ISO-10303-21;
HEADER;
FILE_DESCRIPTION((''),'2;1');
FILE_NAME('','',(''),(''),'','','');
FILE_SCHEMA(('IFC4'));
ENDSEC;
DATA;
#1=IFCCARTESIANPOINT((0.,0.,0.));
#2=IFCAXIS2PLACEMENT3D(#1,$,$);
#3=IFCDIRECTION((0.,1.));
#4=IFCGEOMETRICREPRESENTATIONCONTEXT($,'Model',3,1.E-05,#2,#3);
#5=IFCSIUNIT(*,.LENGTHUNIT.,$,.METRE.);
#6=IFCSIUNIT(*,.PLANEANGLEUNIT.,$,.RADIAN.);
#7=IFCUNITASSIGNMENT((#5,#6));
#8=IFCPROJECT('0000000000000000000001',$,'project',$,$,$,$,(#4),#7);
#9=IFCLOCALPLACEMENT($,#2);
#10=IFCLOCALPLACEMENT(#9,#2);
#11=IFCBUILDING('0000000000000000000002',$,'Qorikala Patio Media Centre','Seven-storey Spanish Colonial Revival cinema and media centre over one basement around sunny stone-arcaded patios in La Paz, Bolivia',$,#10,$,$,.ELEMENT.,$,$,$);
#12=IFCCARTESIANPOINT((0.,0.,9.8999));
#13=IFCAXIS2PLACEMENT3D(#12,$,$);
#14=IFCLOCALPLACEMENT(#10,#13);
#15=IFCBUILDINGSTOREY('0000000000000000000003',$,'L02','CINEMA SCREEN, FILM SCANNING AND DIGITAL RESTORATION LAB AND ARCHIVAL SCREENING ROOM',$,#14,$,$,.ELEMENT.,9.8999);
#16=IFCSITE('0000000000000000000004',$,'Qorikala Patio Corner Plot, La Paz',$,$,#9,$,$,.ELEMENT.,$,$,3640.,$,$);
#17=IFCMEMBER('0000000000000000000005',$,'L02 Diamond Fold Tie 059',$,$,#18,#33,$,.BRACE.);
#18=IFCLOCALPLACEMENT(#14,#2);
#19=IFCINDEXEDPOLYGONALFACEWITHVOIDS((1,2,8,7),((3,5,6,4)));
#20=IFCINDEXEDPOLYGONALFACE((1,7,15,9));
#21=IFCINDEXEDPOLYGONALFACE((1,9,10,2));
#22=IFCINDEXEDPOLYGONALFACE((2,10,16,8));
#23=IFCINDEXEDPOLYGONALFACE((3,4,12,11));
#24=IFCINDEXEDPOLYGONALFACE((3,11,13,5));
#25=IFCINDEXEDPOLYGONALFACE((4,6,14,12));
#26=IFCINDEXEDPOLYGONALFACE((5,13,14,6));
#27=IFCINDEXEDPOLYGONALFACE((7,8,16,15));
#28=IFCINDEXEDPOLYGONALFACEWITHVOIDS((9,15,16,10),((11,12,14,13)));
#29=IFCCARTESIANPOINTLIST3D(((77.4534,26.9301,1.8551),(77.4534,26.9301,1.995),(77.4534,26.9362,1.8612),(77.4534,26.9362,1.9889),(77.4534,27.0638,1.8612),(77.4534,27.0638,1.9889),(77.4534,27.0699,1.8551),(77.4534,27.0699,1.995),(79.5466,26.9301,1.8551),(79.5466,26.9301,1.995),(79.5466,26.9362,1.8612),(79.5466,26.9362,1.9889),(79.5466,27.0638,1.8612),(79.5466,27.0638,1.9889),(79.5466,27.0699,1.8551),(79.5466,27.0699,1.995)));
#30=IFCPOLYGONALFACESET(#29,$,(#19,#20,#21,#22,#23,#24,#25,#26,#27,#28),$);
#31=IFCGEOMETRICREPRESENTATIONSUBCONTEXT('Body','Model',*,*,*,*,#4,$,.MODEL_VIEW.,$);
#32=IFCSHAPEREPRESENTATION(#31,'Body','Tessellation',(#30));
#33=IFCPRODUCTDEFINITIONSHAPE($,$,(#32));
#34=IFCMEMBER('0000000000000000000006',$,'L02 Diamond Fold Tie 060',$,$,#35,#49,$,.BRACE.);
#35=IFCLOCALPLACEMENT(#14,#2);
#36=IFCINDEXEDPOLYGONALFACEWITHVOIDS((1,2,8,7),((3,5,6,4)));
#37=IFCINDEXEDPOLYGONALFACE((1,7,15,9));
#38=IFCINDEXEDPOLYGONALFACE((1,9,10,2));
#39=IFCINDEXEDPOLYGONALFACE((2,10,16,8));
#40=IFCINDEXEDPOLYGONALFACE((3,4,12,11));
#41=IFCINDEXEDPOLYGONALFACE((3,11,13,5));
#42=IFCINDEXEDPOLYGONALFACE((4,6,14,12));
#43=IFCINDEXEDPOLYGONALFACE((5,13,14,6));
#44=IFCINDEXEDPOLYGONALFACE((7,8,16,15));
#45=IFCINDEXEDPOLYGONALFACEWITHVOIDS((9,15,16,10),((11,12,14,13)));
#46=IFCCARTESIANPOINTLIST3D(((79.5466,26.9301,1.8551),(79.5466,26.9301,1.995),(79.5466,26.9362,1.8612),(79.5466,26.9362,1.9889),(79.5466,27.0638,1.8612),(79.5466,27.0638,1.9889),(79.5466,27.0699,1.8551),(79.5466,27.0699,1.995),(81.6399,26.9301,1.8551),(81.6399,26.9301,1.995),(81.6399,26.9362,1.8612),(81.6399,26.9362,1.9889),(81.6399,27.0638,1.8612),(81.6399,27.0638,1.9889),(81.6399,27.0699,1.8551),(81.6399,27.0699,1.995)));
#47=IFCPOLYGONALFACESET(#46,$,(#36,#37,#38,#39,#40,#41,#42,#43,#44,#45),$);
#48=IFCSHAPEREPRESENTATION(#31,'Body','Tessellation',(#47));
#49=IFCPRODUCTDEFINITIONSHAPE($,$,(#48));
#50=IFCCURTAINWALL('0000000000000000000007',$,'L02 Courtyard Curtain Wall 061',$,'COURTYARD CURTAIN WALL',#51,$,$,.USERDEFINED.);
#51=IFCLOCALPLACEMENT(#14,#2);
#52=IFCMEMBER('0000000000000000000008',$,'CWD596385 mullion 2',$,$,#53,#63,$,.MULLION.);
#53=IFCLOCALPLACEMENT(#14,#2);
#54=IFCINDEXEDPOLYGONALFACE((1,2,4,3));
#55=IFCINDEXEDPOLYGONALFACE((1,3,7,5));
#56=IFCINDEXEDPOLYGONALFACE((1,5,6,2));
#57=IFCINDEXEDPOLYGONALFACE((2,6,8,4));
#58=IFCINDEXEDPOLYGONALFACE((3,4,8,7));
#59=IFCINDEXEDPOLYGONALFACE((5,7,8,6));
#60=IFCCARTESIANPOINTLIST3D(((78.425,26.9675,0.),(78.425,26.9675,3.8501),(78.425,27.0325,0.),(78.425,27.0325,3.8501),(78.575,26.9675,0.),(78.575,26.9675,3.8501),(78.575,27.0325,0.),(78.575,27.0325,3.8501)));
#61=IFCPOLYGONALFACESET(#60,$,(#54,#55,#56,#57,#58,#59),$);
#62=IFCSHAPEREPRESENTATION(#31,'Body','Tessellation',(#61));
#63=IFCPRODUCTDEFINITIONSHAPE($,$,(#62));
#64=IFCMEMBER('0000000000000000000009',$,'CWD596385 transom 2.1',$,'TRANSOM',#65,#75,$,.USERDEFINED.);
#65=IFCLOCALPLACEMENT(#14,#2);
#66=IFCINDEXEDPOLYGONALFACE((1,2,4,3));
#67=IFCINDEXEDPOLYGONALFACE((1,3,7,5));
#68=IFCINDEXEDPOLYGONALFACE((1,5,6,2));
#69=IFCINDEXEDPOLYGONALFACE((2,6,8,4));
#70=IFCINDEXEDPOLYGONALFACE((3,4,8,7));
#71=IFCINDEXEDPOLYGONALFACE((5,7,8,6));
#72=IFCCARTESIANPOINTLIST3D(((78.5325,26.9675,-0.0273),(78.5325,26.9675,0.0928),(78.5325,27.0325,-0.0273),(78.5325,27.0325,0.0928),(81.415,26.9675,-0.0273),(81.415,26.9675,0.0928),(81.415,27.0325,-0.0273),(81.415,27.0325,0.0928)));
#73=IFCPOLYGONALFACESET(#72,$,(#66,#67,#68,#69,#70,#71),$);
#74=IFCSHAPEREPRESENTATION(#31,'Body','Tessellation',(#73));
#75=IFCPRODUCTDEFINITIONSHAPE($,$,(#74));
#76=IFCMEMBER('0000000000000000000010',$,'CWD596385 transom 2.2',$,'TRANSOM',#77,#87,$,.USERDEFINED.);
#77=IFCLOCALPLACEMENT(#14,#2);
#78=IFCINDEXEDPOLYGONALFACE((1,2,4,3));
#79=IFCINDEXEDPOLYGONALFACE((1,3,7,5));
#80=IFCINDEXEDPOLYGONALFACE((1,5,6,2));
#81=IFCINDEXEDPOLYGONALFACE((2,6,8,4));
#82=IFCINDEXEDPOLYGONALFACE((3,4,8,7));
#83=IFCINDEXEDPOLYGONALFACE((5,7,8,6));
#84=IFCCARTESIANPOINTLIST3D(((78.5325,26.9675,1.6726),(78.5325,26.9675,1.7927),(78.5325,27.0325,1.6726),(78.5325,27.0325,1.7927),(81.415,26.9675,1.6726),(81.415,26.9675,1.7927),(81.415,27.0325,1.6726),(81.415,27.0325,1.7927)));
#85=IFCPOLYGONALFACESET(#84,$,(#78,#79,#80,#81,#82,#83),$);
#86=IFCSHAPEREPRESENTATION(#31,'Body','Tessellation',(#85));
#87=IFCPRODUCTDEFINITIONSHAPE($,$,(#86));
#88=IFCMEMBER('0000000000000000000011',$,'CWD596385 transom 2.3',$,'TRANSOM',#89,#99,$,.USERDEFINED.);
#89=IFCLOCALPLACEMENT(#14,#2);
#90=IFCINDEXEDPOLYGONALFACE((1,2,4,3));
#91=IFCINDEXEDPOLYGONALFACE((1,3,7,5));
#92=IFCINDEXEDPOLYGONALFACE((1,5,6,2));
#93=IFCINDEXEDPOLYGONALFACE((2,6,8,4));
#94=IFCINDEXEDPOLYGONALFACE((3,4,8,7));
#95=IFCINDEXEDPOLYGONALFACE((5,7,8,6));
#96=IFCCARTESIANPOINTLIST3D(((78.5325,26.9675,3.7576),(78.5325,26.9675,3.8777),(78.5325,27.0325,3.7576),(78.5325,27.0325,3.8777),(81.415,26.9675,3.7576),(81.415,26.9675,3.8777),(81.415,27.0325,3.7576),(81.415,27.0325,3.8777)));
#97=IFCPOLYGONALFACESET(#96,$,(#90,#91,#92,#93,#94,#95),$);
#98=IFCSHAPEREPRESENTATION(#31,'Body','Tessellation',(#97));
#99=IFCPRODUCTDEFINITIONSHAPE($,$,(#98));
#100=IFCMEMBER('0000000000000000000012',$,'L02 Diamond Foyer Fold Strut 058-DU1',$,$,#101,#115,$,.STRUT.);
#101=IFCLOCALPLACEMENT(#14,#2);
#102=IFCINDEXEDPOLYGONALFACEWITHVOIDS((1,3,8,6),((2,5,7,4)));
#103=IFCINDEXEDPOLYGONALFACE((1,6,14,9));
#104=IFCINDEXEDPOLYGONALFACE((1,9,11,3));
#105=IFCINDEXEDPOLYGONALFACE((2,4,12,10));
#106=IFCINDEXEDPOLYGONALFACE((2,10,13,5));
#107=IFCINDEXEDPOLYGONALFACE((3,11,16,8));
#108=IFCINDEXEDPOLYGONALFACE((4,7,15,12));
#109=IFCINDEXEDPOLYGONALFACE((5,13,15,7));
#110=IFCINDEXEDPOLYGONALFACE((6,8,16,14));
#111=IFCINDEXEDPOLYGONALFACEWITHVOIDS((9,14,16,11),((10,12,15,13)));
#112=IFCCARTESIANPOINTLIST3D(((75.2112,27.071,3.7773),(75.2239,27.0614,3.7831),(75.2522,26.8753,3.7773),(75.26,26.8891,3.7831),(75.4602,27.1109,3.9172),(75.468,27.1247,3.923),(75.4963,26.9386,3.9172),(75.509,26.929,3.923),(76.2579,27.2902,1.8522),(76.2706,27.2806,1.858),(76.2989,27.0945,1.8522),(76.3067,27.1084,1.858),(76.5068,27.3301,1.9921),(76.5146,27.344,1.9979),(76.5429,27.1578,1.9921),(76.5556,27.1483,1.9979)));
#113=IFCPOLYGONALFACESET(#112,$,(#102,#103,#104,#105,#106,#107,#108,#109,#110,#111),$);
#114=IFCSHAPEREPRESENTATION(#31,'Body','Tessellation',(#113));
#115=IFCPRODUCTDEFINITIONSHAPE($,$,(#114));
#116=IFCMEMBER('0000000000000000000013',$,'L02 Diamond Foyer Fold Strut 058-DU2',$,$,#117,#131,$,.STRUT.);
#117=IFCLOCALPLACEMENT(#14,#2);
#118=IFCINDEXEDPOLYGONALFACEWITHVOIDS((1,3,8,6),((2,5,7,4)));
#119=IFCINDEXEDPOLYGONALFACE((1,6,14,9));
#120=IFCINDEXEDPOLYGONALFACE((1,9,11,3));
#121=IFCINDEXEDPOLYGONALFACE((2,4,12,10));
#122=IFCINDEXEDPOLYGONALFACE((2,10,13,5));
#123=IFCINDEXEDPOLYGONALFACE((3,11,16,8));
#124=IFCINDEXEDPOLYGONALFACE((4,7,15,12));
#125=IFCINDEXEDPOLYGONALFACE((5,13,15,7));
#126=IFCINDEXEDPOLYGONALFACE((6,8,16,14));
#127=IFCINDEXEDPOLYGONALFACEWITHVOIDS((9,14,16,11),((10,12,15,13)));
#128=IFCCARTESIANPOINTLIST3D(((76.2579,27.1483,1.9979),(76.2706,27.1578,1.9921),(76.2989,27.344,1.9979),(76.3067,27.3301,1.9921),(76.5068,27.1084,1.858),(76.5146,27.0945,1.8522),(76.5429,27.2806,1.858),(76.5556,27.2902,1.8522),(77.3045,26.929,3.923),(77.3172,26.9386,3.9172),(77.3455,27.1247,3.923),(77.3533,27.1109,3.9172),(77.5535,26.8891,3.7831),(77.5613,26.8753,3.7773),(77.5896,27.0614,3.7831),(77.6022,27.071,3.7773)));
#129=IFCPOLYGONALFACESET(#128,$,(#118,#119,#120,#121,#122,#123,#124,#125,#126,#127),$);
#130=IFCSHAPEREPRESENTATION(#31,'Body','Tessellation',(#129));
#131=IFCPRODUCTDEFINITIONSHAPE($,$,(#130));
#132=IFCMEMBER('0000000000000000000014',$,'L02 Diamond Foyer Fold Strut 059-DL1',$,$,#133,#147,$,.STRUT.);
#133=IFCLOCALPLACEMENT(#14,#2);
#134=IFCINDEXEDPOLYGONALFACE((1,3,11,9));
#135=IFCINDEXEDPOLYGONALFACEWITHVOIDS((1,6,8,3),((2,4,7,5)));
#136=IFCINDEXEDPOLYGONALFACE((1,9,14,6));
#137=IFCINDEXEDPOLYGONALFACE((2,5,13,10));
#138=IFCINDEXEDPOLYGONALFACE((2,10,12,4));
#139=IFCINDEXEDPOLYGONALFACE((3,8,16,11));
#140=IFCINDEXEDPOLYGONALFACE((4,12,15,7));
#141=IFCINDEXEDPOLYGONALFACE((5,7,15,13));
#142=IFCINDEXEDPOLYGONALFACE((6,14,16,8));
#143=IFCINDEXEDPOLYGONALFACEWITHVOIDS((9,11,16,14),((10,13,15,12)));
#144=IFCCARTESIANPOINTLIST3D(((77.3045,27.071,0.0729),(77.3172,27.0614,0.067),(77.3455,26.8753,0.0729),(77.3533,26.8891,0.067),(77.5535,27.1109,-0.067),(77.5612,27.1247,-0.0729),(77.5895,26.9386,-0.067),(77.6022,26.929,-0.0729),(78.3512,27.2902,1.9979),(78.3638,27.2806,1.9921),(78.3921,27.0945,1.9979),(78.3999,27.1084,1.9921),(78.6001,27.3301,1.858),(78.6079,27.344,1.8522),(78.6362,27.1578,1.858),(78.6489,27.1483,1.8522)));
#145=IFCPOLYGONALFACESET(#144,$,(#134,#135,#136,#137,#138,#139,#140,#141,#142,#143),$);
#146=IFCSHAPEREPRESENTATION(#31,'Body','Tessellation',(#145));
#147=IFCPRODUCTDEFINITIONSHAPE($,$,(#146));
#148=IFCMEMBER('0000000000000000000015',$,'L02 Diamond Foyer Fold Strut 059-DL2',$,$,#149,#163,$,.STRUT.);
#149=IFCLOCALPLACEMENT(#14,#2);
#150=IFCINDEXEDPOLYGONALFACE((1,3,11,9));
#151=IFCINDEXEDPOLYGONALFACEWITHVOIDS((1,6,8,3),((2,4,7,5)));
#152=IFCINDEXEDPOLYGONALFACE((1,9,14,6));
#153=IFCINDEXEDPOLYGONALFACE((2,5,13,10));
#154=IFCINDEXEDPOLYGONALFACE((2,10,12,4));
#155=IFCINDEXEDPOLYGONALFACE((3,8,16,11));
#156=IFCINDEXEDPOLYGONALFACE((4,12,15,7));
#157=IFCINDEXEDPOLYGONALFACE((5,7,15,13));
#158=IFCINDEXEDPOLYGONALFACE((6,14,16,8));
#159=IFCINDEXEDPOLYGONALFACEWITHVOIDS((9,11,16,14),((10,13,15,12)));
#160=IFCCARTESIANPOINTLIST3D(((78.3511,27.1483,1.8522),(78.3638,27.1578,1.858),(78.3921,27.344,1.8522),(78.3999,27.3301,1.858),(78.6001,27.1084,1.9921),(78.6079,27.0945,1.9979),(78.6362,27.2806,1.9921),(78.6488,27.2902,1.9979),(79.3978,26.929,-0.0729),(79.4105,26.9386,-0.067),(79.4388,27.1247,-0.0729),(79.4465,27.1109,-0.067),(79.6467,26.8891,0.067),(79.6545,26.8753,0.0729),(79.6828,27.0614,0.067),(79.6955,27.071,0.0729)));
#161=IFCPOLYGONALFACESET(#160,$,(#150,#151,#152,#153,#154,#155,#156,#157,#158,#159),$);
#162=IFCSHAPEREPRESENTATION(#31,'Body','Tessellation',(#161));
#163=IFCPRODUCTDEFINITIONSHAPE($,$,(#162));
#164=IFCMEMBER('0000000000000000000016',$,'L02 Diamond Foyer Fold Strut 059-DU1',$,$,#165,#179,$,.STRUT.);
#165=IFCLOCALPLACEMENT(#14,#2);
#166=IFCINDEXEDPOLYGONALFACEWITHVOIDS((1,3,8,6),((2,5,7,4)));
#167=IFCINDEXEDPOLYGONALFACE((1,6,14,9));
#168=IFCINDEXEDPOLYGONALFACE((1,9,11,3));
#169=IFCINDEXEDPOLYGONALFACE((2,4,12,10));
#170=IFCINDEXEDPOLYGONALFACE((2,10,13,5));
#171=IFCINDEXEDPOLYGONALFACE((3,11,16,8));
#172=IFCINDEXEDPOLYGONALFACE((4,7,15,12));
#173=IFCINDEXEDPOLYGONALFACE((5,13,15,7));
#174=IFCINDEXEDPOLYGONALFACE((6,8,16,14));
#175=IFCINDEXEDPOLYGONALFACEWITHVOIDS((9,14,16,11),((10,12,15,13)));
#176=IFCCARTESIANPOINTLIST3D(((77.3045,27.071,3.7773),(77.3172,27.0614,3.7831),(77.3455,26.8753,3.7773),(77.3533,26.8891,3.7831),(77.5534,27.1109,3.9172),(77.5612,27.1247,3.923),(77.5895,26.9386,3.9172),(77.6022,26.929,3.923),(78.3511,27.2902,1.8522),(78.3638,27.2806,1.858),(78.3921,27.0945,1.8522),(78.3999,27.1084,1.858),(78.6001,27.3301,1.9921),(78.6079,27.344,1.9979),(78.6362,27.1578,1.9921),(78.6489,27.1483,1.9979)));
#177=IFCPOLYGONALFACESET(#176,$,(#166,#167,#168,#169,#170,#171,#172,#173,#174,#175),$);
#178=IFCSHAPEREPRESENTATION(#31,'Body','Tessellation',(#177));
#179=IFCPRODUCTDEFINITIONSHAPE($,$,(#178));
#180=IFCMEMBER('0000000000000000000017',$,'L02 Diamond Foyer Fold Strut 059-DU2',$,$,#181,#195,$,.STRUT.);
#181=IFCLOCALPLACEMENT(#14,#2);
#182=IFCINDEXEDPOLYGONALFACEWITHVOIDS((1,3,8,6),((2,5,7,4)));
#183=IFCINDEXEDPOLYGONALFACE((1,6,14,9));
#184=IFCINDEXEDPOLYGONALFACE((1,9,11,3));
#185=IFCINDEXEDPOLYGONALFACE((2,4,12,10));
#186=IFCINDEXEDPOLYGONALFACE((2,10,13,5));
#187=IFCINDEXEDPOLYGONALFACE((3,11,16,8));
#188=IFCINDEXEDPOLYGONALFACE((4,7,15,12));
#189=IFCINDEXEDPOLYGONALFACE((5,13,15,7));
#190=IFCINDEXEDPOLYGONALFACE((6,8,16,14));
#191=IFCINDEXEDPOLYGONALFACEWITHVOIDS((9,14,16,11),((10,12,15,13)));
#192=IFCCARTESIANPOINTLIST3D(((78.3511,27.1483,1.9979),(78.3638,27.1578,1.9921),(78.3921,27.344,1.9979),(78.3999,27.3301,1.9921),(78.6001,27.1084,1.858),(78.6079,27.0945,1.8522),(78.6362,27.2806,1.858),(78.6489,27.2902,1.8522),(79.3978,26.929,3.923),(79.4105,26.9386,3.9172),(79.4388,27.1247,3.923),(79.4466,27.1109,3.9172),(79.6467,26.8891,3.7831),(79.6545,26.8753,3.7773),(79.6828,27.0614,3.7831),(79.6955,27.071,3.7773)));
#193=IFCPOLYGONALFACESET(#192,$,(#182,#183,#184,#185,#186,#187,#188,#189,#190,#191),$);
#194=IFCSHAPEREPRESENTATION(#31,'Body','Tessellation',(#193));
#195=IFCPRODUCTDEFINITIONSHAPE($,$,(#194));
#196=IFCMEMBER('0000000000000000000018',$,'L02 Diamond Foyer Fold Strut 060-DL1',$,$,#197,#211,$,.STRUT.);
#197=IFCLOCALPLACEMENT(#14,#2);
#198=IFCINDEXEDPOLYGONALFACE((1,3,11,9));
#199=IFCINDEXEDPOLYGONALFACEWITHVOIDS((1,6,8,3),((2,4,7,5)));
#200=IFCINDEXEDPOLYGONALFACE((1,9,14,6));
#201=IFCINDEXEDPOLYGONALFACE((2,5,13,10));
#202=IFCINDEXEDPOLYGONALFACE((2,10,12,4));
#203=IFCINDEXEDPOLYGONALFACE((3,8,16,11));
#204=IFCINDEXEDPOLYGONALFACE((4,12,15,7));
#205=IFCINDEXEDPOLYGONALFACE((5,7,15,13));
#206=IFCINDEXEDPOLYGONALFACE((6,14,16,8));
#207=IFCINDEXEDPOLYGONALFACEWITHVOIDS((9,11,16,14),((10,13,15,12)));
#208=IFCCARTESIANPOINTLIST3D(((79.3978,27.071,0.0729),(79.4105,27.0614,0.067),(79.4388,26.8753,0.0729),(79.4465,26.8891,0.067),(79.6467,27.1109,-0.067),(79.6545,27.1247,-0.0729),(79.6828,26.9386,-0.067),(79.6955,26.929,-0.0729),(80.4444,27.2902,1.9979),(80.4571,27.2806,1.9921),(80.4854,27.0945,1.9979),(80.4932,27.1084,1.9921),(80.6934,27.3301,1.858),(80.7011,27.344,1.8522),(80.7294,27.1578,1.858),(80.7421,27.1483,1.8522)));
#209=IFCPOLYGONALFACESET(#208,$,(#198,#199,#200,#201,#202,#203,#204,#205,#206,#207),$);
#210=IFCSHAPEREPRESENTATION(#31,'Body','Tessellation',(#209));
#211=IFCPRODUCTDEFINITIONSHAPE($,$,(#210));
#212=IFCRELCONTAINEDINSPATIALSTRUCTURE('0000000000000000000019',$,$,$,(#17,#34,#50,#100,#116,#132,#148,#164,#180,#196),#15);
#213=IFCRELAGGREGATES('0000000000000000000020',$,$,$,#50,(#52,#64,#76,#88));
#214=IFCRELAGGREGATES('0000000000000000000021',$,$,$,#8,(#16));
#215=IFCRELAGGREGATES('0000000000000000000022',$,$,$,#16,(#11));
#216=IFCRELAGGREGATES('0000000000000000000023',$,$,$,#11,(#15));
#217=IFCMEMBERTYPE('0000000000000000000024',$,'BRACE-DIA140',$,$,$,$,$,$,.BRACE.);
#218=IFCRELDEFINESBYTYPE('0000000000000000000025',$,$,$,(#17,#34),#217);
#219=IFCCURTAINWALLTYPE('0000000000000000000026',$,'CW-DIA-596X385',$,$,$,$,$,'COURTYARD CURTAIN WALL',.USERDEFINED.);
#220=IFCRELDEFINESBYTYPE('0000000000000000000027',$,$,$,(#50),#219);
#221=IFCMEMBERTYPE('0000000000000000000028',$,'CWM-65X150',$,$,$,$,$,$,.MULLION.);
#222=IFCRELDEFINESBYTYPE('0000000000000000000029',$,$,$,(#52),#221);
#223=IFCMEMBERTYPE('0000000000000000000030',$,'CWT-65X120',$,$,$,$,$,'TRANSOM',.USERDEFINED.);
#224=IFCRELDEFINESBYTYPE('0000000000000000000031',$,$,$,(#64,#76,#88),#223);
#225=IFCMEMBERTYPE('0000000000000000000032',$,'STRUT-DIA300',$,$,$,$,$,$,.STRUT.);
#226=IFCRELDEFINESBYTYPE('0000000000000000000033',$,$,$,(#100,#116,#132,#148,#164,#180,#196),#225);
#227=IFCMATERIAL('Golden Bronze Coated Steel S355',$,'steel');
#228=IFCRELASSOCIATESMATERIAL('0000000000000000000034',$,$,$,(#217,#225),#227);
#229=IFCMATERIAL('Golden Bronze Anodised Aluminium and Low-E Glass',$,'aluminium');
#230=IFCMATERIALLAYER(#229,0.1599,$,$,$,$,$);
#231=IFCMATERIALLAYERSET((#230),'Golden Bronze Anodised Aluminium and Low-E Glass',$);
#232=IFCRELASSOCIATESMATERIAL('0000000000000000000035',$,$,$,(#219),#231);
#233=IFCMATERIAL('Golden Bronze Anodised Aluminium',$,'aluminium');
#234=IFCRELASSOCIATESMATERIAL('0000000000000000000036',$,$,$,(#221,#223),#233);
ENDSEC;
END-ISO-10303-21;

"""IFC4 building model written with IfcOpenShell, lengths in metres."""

from ifc_helpers import new_model, si_unit, direction, frame, origin, origin_2d, place, context, subcontext, project, spatial, rectangle, hollow_rectangle, extrude, material, layer, layer_set, material_profile, profile_set, type_object, element, aggregate, save


model = new_model("IFC4")

# Units and contexts
model_context = context("Model", 3, precision=1e-05, world=origin(), true_north=direction((0.0, 1.0)))
body_context = subcontext(model_context, "Body", "Model", "MODEL_VIEW")
ifc_project = project(units=[si_unit("LENGTHUNIT", "METRE"), si_unit("PLANEANGLEUNIT", "RADIAN")], contexts=[model_context])

# Site, building, storey
site_placement = place(None, origin())
site = spatial("IfcSite", under=ifc_project, at=site_placement, Name="Qorikala Patio Corner Plot, La Paz", CompositionType="ELEMENT", RefElevation=3640.0)
building_placement = place(site_placement, origin())
building = spatial("IfcBuilding", under=site, at=building_placement, Name="Qorikala Patio Media Centre", Description="Seven-storey Spanish Colonial Revival cinema and media centre over one basement around sunny stone-arcaded patios in La Paz, Bolivia", CompositionType="ELEMENT")
storey_placement = place(building_placement, frame((0.0, 0.0, 9.8999)))
storey = spatial("IfcBuildingStorey", under=building, at=storey_placement, Name="L02", Description="CINEMA SCREEN, FILM SCANNING AND DIGITAL RESTORATION LAB AND ARCHIVAL SCREENING ROOM", CompositionType="ELEMENT", Elevation=9.8999)

# Members
ifc_material_1 = material(Name="Golden Bronze Coated Steel S355", Category="steel")
ifc_material_profile_1 = material_profile(ifc_material_1, hollow_rectangle(XDim=0.1399, YDim=0.1399, WallThickness=0.0061, at=origin_2d()), Name="HSS140X140X6")
ifc_profile_set_1 = profile_set([ifc_material_profile_1], Name="Golden Bronze Coated Steel S355")
member_type_1 = type_object("IfcMemberType", Name="BRACE-DIA140", PredefinedType="BRACE", material=ifc_profile_set_1)
for number, where, z_axis, x_axis, name in (
    (1, (77.4534, 27.0, 1.925), (1.0, 0.0, 0.0), (0.0, 1.0, 0.0), "L02 Diamond Fold Tie 059"),
    (2, (79.5466, 27.0, 1.925), (1.0, 0.0, 0.0), (0.0, 1.0, 0.0), "L02 Diamond Fold Tie 060"),
):
    element("IfcMember", number, at=place(storey_placement, frame(where, z_axis=z_axis, x_axis=x_axis)), inside=storey, type_object=member_type_1, Name=name, PredefinedType="BRACE", context=body_context, shape_type="SweptSolid", body=[
        extrude(hollow_rectangle(XDim=0.1399, YDim=0.1399, WallThickness=0.0061, at=origin_2d()), origin(), (0.0, 0.0, 1.0), 2.0933),
    ])

# Curtain wall, members
ifc_material_2 = material(Name="Golden Bronze Anodised Aluminium and Low-E Glass", Category="aluminium")
ifc_layer_1 = layer(ifc_material_2, 0.1599)
ifc_layer_set_1 = layer_set([ifc_layer_1], Name="Golden Bronze Anodised Aluminium and Low-E Glass")
curtain_wall_type = type_object("IfcCurtainWallType", Name="CW-DIA-596X385", ElementType="COURTYARD CURTAIN WALL", PredefinedType="USERDEFINED", material=ifc_layer_set_1)
curtain_wall_placement = place(storey_placement, origin())
curtain_wall = element("IfcCurtainWall", 3, at=curtain_wall_placement, inside=storey, type_object=curtain_wall_type, Name="L02 Courtyard Curtain Wall 061", ObjectType="COURTYARD CURTAIN WALL", PredefinedType="USERDEFINED")
ifc_material_3 = material(Name="Golden Bronze Anodised Aluminium", Category="aluminium")
ifc_material_profile_2 = material_profile(ifc_material_3, rectangle(XDim=0.0649, YDim=0.1499, at=origin_2d()), Name="ALU MULLION 65x150")
ifc_profile_set_2 = profile_set([ifc_material_profile_2], Name="Golden Bronze Anodised Aluminium")
member_type_2 = type_object("IfcMemberType", Name="CWM-65X150", PredefinedType="MULLION", material=ifc_profile_set_2)
member_1_placement = place(storey_placement, frame((78.5, 27.0, 0.0), z_axis=(0.0, 0.0, 1.0), x_axis=(0.0, 1.0, 0.0)))
member_1 = element("IfcMember", 4, at=member_1_placement, type_object=member_type_2, Name="CWD596385 mullion 2", PredefinedType="MULLION", context=body_context, shape_type="SweptSolid", body=[
    extrude(rectangle(XDim=0.0649, YDim=0.1499, at=origin_2d()), origin(), (0.0, 0.0, 1.0), 3.8501),
])
ifc_material_profile_3 = material_profile(ifc_material_3, rectangle(XDim=0.0649, YDim=0.1201, at=origin_2d()), Name="ALU TRANSOM 65x120")
ifc_profile_set_3 = profile_set([ifc_material_profile_3], Name="Golden Bronze Anodised Aluminium")
member_type_3 = type_object("IfcMemberType", Name="CWT-65X120", ElementType="TRANSOM", PredefinedType="USERDEFINED", material=ifc_profile_set_3)
member_2_placement = place(storey_placement, frame((78.5325, 27.0, 0.0327), z_axis=(1.0, 0.0, 0.0), x_axis=(0.0, 1.0, 0.0)))
member_2 = element("IfcMember", 5, at=member_2_placement, type_object=member_type_3, Name="CWD596385 transom 2.1", ObjectType="TRANSOM", PredefinedType="USERDEFINED", context=body_context, shape_type="SweptSolid", body=[
    extrude(rectangle(XDim=0.0649, YDim=0.1201, at=origin_2d()), origin(), (0.0, 0.0, 1.0), 2.8826),
])
member_3_placement = place(storey_placement, frame((78.5325, 27.0, 1.7327), z_axis=(1.0, 0.0, 0.0), x_axis=(0.0, 1.0, 0.0)))
member_3 = element("IfcMember", 6, at=member_3_placement, type_object=member_type_3, Name="CWD596385 transom 2.2", ObjectType="TRANSOM", PredefinedType="USERDEFINED", context=body_context, shape_type="SweptSolid", body=[
    extrude(rectangle(XDim=0.0649, YDim=0.1201, at=origin_2d()), origin(), (0.0, 0.0, 1.0), 2.8826),
])
member_4_placement = place(storey_placement, frame((78.5325, 27.0, 3.8176), z_axis=(1.0, 0.0, 0.0), x_axis=(0.0, 1.0, 0.0)))
member_4 = element("IfcMember", 7, at=member_4_placement, type_object=member_type_3, Name="CWD596385 transom 2.3", ObjectType="TRANSOM", PredefinedType="USERDEFINED", context=body_context, shape_type="SweptSolid", body=[
    extrude(rectangle(XDim=0.0649, YDim=0.1201, at=origin_2d()), origin(), (0.0, 0.0, 1.0), 2.8826),
])

# Members
ifc_material_profile_4 = material_profile(ifc_material_1, hollow_rectangle(XDim=0.2, YDim=0.3, WallThickness=0.012, at=origin_2d()), Name="HSS300X200X12")
ifc_profile_set_4 = profile_set([ifc_material_profile_4], Name="Golden Bronze Coated Steel S355")
member_type_4 = type_object("IfcMemberType", Name="STRUT-DIA300", PredefinedType="STRUT", material=ifc_profile_set_4)
for number, where, z_axis, x_axis, name in (
    (8, (76.4067, 27.2192, 1.925), (-0.475284, -0.099558, 0.874181), (0.205021, -0.978758, 0.0), "L02 Diamond Foyer Fold Strut 058-DU1"),
    (9, (76.4067, 27.2192, 1.925), (0.475284, -0.099558, 0.874181), (0.205021, 0.978758, 0.0), "L02 Diamond Foyer Fold Strut 058-DU2"),
    (10, (77.4534, 27.0, 0.0), (0.475284, 0.099558, 0.874181), (-0.205021, 0.978758, 0.0), "L02 Diamond Foyer Fold Strut 059-DL1"),
    (11, (79.5466, 27.0, 0.0), (-0.475284, 0.099558, 0.874181), (-0.205021, -0.978758, 0.0), "L02 Diamond Foyer Fold Strut 059-DL2"),
    (12, (78.5, 27.2192, 1.925), (-0.475284, -0.099558, 0.874181), (0.205021, -0.978758, 0.0), "L02 Diamond Foyer Fold Strut 059-DU1"),
    (13, (78.5, 27.2192, 1.925), (0.475284, -0.099558, 0.874181), (0.205021, 0.978758, 0.0), "L02 Diamond Foyer Fold Strut 059-DU2"),
    (14, (79.5466, 27.0, 0.0), (0.475284, 0.099558, 0.874181), (-0.205021, 0.978758, 0.0), "L02 Diamond Foyer Fold Strut 060-DL1"),
):
    element("IfcMember", number, at=place(storey_placement, frame(where, z_axis=z_axis, x_axis=x_axis)), inside=storey, type_object=member_type_4, Name=name, PredefinedType="STRUT", context=body_context, shape_type="SweptSolid", body=[
        extrude(hollow_rectangle(XDim=0.2, YDim=0.3, WallThickness=0.012, at=origin_2d()), origin(), (0.0, 0.0, 1.0), 2.2021),
    ])

aggregate(curtain_wall, [member_1, member_2, member_3, member_4])

save(model, "model.ifc")
